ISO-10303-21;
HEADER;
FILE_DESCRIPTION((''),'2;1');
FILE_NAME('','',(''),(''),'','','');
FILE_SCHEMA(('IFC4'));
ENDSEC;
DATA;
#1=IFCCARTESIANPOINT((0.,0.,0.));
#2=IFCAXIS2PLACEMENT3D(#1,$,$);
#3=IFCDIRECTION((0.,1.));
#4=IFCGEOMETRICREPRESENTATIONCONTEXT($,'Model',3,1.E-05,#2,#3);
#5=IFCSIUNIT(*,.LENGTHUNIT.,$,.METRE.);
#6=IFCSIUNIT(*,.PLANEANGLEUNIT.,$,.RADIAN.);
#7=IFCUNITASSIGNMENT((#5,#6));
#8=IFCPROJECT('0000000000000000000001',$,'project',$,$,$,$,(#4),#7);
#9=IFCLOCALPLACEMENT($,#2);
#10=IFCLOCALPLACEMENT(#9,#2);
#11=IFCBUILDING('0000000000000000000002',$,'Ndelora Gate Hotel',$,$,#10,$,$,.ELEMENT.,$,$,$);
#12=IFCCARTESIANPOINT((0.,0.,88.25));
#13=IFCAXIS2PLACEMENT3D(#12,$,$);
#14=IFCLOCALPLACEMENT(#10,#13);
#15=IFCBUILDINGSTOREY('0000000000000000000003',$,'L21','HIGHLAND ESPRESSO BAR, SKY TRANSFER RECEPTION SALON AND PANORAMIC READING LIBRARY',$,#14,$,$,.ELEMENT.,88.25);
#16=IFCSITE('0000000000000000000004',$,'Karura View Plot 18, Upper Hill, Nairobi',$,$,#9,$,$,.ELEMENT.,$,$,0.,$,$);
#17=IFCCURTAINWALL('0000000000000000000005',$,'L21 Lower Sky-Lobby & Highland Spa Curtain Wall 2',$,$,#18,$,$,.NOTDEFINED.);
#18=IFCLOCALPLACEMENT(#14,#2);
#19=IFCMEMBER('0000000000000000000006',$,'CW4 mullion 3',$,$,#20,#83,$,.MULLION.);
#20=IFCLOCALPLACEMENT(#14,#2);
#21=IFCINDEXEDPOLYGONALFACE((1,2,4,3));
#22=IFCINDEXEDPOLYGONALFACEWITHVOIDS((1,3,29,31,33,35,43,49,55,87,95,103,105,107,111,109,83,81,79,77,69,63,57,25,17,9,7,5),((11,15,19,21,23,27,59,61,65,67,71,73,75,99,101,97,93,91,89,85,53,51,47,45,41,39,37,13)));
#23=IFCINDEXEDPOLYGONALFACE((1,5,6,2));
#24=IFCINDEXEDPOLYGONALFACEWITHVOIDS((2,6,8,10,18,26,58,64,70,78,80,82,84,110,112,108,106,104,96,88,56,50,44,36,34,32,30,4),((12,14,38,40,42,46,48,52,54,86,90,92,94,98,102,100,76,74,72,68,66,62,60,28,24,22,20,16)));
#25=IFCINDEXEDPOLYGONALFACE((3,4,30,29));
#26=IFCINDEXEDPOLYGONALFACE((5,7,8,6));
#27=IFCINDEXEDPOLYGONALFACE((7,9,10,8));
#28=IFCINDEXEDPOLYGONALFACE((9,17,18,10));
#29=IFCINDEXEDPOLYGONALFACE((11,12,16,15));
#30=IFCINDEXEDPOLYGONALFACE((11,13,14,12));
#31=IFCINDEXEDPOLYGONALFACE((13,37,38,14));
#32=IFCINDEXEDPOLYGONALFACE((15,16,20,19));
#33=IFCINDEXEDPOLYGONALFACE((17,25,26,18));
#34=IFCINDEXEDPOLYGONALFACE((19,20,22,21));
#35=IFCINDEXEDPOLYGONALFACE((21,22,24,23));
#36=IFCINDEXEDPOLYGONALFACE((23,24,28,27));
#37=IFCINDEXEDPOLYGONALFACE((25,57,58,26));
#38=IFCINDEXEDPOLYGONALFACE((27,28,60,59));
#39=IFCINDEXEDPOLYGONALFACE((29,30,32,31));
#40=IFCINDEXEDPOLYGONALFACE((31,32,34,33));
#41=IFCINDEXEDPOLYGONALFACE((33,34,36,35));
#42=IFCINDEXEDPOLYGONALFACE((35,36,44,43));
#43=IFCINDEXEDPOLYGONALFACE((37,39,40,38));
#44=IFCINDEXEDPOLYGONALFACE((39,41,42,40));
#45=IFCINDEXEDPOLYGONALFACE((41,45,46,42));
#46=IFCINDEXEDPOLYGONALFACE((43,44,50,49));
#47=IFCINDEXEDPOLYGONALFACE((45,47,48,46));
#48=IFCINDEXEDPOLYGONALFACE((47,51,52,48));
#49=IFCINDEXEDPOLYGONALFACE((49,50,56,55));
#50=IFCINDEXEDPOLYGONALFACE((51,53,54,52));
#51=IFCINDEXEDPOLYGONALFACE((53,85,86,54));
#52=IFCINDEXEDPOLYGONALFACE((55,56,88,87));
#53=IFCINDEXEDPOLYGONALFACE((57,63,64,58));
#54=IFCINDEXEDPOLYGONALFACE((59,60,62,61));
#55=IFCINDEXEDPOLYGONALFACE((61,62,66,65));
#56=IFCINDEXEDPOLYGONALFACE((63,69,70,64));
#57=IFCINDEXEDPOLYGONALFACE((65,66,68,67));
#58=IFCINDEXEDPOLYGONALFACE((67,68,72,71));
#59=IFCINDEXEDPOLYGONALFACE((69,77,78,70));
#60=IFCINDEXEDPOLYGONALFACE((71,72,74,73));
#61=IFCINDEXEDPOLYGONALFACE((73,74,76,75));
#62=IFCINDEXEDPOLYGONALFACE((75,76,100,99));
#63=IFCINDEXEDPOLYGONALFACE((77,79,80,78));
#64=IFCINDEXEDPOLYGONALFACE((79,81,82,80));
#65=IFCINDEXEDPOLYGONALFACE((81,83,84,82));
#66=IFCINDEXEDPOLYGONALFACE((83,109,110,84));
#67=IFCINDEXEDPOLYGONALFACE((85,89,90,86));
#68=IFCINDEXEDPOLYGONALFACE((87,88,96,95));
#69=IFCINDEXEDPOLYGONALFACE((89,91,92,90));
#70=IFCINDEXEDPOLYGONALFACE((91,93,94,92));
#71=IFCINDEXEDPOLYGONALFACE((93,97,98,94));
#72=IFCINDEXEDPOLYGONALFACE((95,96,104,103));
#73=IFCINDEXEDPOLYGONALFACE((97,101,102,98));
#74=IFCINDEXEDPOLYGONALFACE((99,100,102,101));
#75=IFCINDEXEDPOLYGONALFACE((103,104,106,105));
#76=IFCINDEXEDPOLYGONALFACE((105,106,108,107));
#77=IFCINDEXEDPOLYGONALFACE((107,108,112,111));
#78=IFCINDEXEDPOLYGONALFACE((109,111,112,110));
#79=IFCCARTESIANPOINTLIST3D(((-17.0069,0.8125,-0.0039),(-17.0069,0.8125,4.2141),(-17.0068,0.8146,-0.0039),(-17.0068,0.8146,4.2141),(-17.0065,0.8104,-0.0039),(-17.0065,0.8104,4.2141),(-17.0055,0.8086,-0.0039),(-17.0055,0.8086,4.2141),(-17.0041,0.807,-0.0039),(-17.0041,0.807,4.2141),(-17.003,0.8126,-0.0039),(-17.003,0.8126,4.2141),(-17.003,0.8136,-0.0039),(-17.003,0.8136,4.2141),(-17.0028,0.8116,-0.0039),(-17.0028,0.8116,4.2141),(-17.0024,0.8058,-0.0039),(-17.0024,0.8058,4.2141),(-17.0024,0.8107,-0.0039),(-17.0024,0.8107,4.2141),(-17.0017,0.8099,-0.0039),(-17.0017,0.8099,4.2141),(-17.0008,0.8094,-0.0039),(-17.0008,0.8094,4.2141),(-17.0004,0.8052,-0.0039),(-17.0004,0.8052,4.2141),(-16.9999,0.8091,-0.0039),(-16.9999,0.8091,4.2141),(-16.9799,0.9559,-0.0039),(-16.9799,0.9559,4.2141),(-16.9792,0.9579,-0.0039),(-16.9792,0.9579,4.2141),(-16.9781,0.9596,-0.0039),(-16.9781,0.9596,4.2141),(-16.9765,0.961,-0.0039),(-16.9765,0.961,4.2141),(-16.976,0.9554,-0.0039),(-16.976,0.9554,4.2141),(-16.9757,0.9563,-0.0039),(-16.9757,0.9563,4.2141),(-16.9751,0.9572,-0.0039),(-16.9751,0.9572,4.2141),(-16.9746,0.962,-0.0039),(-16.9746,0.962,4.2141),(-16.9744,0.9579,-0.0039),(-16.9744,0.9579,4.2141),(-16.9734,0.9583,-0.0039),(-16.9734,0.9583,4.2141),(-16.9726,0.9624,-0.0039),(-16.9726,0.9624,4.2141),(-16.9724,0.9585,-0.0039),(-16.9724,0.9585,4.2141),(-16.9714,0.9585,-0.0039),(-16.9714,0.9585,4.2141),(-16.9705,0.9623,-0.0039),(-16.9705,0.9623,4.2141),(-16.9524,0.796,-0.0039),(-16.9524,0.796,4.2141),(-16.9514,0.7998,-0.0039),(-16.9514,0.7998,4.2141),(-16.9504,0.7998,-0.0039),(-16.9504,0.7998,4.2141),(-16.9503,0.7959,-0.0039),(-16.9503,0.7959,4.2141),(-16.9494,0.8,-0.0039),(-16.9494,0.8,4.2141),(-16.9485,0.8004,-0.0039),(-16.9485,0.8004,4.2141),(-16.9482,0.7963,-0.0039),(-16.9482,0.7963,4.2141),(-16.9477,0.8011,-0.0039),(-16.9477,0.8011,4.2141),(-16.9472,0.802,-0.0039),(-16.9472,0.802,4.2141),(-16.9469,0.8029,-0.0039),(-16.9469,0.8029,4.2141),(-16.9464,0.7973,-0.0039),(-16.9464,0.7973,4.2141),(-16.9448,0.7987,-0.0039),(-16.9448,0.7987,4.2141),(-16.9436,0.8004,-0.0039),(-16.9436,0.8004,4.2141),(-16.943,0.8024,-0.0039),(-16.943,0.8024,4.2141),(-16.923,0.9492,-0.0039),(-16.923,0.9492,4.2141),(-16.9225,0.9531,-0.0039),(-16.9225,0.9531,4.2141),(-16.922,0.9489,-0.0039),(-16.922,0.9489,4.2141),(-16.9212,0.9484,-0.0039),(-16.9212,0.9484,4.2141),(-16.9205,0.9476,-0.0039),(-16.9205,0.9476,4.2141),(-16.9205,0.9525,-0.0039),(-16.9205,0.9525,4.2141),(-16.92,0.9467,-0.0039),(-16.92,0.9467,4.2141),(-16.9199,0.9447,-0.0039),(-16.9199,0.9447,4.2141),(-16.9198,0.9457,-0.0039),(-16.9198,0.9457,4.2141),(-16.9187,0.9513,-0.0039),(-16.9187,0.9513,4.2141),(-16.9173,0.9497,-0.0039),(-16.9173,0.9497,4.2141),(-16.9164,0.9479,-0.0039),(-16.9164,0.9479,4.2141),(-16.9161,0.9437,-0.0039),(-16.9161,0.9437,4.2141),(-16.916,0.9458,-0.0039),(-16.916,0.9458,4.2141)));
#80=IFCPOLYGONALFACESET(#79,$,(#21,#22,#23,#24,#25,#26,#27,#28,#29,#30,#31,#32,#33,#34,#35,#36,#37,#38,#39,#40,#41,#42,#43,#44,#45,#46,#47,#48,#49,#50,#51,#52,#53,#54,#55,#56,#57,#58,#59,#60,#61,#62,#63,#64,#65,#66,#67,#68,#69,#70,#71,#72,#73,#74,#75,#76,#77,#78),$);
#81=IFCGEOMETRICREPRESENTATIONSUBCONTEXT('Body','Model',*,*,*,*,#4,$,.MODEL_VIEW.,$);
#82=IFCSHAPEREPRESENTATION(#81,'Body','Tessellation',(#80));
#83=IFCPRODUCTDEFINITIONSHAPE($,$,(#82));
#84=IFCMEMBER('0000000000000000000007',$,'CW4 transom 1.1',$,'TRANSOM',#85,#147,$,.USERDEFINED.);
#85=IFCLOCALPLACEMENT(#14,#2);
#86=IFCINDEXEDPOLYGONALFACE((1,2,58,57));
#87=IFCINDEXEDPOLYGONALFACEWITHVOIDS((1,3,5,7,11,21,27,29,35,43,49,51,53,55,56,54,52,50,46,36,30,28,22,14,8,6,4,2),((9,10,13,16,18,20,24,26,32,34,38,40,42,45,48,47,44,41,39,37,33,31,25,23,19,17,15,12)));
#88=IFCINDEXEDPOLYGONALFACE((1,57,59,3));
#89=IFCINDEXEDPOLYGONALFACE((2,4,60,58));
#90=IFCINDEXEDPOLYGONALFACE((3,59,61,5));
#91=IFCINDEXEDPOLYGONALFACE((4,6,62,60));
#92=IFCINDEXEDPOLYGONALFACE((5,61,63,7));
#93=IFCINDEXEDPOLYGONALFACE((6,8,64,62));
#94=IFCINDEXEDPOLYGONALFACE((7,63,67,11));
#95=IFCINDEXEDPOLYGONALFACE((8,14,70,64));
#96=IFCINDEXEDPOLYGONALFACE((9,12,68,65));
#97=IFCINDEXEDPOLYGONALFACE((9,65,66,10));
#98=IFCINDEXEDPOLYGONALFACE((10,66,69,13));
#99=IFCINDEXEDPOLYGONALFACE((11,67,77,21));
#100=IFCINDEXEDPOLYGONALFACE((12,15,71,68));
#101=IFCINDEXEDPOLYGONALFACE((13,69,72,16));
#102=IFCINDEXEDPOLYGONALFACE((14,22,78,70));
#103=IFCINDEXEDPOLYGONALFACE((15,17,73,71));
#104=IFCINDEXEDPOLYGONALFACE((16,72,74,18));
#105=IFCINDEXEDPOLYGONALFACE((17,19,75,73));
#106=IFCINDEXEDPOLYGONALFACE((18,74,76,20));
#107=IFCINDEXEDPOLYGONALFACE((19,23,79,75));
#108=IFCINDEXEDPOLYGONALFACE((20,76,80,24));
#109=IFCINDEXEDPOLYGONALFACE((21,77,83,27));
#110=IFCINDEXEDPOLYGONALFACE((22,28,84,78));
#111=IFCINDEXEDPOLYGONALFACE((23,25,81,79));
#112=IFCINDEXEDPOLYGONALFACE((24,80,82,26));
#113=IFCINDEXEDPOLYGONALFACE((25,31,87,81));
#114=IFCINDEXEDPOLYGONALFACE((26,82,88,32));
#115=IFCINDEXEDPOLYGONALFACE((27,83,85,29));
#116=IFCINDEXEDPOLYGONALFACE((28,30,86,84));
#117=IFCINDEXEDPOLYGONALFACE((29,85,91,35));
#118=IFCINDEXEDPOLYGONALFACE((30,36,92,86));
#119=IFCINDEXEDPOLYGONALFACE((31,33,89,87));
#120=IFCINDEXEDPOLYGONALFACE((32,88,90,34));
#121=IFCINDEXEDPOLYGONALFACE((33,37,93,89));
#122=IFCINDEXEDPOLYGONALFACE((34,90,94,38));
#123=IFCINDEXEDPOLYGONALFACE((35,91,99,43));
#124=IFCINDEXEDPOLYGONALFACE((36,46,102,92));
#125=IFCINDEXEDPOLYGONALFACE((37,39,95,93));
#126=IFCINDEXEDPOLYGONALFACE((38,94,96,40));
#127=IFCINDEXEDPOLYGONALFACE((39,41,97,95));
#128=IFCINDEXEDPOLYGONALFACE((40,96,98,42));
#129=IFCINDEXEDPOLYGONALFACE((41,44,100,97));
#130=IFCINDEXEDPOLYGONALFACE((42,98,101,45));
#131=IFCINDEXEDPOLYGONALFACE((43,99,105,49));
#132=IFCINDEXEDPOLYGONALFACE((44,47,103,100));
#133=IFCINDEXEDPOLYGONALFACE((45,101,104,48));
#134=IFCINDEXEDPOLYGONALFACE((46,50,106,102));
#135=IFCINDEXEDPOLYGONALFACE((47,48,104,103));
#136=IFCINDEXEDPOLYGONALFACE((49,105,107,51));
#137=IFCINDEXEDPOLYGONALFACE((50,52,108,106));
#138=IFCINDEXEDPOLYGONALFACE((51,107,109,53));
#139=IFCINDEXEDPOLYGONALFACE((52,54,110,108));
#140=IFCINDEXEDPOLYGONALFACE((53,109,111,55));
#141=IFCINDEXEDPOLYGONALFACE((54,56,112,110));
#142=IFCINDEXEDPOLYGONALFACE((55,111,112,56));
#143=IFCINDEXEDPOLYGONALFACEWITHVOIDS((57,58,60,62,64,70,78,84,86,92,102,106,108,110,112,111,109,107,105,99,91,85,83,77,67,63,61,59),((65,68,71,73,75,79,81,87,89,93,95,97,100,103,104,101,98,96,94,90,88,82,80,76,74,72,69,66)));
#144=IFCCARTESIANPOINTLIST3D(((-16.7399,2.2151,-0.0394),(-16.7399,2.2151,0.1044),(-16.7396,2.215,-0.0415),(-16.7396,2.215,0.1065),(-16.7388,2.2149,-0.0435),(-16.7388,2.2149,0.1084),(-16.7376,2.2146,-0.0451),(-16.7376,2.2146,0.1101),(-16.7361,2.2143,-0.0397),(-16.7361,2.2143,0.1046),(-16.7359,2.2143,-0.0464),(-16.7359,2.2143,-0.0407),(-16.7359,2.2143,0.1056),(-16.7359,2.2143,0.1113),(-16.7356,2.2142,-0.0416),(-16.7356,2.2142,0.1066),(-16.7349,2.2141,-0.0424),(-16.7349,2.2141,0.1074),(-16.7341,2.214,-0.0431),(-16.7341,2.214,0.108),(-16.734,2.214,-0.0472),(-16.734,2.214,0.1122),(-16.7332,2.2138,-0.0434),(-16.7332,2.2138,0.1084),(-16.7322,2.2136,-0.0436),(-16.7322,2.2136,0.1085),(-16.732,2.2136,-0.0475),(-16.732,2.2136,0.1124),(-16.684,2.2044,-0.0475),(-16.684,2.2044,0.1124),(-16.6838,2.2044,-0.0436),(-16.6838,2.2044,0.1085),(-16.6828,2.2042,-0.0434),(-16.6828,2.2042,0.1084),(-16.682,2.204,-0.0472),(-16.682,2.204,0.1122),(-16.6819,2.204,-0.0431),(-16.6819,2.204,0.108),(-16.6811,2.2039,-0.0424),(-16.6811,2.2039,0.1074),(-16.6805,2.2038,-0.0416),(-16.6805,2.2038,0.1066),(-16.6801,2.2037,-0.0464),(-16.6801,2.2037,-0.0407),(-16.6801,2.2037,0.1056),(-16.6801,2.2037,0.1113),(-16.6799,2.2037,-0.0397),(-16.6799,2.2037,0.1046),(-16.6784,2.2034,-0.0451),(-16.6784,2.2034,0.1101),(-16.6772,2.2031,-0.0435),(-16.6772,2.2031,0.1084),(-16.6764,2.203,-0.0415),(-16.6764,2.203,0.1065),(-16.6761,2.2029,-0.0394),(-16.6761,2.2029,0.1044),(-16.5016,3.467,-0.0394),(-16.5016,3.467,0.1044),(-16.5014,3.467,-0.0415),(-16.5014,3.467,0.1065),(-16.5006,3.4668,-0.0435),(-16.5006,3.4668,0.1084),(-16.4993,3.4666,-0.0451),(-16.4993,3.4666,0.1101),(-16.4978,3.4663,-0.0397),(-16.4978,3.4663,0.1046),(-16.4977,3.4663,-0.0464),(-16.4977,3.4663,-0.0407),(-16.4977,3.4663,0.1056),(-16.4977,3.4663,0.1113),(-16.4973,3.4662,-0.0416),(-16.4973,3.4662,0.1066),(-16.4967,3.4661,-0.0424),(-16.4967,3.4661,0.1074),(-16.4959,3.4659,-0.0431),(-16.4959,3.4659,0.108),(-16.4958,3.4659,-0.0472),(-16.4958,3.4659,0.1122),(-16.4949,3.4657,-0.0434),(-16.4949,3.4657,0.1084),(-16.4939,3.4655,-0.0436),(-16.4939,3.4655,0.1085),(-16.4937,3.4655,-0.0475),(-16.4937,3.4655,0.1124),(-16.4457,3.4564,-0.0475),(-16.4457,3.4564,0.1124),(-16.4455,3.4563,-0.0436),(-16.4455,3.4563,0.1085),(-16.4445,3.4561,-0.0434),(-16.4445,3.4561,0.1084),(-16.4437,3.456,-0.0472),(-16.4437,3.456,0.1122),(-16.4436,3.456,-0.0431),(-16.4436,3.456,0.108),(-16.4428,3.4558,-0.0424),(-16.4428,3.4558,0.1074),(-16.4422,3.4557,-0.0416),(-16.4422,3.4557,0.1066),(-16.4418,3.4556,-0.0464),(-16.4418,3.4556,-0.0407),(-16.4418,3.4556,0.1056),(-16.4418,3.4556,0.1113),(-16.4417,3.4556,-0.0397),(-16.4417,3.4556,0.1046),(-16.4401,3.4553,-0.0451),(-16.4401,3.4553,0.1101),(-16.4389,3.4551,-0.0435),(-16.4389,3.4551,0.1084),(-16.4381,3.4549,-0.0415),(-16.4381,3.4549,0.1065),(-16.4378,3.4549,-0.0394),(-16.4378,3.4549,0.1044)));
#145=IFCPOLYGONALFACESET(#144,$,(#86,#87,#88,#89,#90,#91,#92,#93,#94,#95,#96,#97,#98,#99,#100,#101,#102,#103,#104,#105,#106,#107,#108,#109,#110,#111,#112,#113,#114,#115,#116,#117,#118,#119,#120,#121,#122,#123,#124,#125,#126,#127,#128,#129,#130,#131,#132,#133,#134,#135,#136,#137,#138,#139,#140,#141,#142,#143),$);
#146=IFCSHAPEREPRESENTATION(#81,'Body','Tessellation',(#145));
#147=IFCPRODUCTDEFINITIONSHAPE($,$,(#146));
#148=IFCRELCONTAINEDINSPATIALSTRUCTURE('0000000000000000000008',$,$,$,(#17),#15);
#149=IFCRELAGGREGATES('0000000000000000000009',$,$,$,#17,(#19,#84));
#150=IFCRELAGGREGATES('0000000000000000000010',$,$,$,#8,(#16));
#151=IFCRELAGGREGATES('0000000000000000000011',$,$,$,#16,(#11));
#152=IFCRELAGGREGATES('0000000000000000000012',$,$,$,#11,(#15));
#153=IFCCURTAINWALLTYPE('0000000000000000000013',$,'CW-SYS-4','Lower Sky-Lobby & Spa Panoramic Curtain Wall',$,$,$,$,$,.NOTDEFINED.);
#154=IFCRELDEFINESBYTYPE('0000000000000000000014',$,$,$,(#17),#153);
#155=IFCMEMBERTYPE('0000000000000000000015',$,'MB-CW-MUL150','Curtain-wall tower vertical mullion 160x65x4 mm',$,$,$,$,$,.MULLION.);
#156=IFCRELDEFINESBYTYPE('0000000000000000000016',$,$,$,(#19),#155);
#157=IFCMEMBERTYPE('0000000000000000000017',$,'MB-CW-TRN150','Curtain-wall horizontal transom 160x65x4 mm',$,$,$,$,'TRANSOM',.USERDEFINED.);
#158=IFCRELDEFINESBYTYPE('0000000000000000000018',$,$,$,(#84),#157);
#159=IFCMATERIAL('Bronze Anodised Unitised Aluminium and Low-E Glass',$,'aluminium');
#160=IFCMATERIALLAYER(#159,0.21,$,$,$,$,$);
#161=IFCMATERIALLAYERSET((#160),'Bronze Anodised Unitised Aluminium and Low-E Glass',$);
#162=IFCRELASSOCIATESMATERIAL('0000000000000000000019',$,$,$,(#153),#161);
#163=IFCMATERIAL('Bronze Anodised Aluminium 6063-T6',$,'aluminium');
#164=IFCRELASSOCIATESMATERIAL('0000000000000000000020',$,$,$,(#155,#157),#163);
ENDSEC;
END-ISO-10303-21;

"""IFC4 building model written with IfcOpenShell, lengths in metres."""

from ifc_helpers import new_model, si_unit, direction, frame, origin, origin_2d, place, context, subcontext, project, spatial, hollow_rectangle, extrude, material, layer, layer_set, material_profile, profile_set, type_object, element, aggregate, save


model = new_model("IFC4")

# Units and contexts
model_context = context("Model", 3, precision=1e-05, world=origin(), true_north=direction((0.0, 1.0)))
body_context = subcontext(model_context, "Body", "Model", "MODEL_VIEW")
ifc_project = project(units=[si_unit("LENGTHUNIT", "METRE"), si_unit("PLANEANGLEUNIT", "RADIAN")], contexts=[model_context])

# Site, building, storey
site_placement = place(None, origin())
site = spatial("IfcSite", under=ifc_project, at=site_placement, Name="Karura View Plot 18, Upper Hill, Nairobi", CompositionType="ELEMENT", RefElevation=0.0)
building_placement = place(site_placement, origin())
building = spatial("IfcBuilding", under=site, at=building_placement, Name="Ndelora Gate Hotel", CompositionType="ELEMENT")
storey_placement = place(building_placement, frame((0.0, 0.0, 88.25)))
storey = spatial("IfcBuildingStorey", under=building, at=storey_placement, Name="L21", Description="HIGHLAND ESPRESSO BAR, SKY TRANSFER RECEPTION SALON AND PANORAMIC READING LIBRARY", CompositionType="ELEMENT", Elevation=88.25)

# Curtain wall, members
ifc_material_1 = material(Name="Bronze Anodised Unitised Aluminium and Low-E Glass", Category="aluminium")
ifc_layer_1 = layer(ifc_material_1, 0.21)
ifc_layer_set_1 = layer_set([ifc_layer_1], Name="Bronze Anodised Unitised Aluminium and Low-E Glass")
curtain_wall_type = type_object("IfcCurtainWallType", Name="CW-SYS-4", Description="Lower Sky-Lobby & Spa Panoramic Curtain Wall", PredefinedType="NOTDEFINED", material=ifc_layer_set_1)
curtain_wall_placement = place(storey_placement, origin())
curtain_wall = element("IfcCurtainWall", 1, at=curtain_wall_placement, inside=storey, type_object=curtain_wall_type, Name="L21 Lower Sky-Lobby & Highland Spa Curtain Wall 2", PredefinedType="NOTDEFINED")
ifc_material_2 = material(Name="Bronze Anodised Aluminium 6063-T6", Category="aluminium")
ifc_material_profile_1 = material_profile(ifc_material_2, hollow_rectangle(XDim=0.0649, YDim=0.1599, WallThickness=0.0039, InnerFilletRadius=0.0039, OuterFilletRadius=0.0081, at=origin_2d()), Name="ALU 160x65x4")
ifc_profile_set_1 = profile_set([ifc_material_profile_1], Name="Bronze Anodised Aluminium 6063-T6")
member_type_1 = type_object("IfcMemberType", Name="MB-CW-MUL150", Description="Curtain-wall tower vertical mullion 160x65x4 mm", PredefinedType="MULLION", material=ifc_profile_set_1)
member_1_placement = place(storey_placement, frame((-16.9614, 0.8792, -0.0039), z_axis=(0.0, 0.0, 1.0), x_axis=(0.982349, -0.187056, 0.0)))
member_1 = element("IfcMember", 2, at=member_1_placement, type_object=member_type_1, Name="CW4 mullion 3", PredefinedType="MULLION", context=body_context, shape_type="SweptSolid", body=[
    extrude(hollow_rectangle(XDim=0.0649, YDim=0.1599, WallThickness=0.0039, InnerFilletRadius=0.0039, OuterFilletRadius=0.0081, at=origin_2d()), origin(), (0.0, 0.0, 1.0), 4.218),
])
ifc_material_profile_2 = material_profile(ifc_material_2, hollow_rectangle(XDim=0.0649, YDim=0.1599, WallThickness=0.0039, InnerFilletRadius=0.0039, OuterFilletRadius=0.0081, at=origin_2d()), Name="ALU 160x65x4")
ifc_profile_set_2 = profile_set([ifc_material_profile_2], Name="Bronze Anodised Aluminium 6063-T6")
member_type_2 = type_object("IfcMemberType", Name="MB-CW-TRN150", Description="Curtain-wall horizontal transom 160x65x4 mm", ElementType="TRANSOM", PredefinedType="USERDEFINED", material=ifc_profile_set_2)
member_2_placement = place(storey_placement, frame((-16.4697, 3.4609, 0.0325), z_axis=(-0.186971, -0.982365, 0.0), x_axis=(0.982365, -0.186971, 0.0)))
member_2 = element("IfcMember", 3, at=member_2_placement, type_object=member_type_2, Name="CW4 transom 1.1", ObjectType="TRANSOM", PredefinedType="USERDEFINED", context=body_context, shape_type="SweptSolid", body=[
    extrude(hollow_rectangle(XDim=0.0649, YDim=0.1599, WallThickness=0.0039, InnerFilletRadius=0.0039, OuterFilletRadius=0.0081, at=origin_2d()), origin(), (0.0, 0.0, 1.0), 1.2744),
])
aggregate(curtain_wall, [member_1, member_2])

save(model, "model.ifc")
